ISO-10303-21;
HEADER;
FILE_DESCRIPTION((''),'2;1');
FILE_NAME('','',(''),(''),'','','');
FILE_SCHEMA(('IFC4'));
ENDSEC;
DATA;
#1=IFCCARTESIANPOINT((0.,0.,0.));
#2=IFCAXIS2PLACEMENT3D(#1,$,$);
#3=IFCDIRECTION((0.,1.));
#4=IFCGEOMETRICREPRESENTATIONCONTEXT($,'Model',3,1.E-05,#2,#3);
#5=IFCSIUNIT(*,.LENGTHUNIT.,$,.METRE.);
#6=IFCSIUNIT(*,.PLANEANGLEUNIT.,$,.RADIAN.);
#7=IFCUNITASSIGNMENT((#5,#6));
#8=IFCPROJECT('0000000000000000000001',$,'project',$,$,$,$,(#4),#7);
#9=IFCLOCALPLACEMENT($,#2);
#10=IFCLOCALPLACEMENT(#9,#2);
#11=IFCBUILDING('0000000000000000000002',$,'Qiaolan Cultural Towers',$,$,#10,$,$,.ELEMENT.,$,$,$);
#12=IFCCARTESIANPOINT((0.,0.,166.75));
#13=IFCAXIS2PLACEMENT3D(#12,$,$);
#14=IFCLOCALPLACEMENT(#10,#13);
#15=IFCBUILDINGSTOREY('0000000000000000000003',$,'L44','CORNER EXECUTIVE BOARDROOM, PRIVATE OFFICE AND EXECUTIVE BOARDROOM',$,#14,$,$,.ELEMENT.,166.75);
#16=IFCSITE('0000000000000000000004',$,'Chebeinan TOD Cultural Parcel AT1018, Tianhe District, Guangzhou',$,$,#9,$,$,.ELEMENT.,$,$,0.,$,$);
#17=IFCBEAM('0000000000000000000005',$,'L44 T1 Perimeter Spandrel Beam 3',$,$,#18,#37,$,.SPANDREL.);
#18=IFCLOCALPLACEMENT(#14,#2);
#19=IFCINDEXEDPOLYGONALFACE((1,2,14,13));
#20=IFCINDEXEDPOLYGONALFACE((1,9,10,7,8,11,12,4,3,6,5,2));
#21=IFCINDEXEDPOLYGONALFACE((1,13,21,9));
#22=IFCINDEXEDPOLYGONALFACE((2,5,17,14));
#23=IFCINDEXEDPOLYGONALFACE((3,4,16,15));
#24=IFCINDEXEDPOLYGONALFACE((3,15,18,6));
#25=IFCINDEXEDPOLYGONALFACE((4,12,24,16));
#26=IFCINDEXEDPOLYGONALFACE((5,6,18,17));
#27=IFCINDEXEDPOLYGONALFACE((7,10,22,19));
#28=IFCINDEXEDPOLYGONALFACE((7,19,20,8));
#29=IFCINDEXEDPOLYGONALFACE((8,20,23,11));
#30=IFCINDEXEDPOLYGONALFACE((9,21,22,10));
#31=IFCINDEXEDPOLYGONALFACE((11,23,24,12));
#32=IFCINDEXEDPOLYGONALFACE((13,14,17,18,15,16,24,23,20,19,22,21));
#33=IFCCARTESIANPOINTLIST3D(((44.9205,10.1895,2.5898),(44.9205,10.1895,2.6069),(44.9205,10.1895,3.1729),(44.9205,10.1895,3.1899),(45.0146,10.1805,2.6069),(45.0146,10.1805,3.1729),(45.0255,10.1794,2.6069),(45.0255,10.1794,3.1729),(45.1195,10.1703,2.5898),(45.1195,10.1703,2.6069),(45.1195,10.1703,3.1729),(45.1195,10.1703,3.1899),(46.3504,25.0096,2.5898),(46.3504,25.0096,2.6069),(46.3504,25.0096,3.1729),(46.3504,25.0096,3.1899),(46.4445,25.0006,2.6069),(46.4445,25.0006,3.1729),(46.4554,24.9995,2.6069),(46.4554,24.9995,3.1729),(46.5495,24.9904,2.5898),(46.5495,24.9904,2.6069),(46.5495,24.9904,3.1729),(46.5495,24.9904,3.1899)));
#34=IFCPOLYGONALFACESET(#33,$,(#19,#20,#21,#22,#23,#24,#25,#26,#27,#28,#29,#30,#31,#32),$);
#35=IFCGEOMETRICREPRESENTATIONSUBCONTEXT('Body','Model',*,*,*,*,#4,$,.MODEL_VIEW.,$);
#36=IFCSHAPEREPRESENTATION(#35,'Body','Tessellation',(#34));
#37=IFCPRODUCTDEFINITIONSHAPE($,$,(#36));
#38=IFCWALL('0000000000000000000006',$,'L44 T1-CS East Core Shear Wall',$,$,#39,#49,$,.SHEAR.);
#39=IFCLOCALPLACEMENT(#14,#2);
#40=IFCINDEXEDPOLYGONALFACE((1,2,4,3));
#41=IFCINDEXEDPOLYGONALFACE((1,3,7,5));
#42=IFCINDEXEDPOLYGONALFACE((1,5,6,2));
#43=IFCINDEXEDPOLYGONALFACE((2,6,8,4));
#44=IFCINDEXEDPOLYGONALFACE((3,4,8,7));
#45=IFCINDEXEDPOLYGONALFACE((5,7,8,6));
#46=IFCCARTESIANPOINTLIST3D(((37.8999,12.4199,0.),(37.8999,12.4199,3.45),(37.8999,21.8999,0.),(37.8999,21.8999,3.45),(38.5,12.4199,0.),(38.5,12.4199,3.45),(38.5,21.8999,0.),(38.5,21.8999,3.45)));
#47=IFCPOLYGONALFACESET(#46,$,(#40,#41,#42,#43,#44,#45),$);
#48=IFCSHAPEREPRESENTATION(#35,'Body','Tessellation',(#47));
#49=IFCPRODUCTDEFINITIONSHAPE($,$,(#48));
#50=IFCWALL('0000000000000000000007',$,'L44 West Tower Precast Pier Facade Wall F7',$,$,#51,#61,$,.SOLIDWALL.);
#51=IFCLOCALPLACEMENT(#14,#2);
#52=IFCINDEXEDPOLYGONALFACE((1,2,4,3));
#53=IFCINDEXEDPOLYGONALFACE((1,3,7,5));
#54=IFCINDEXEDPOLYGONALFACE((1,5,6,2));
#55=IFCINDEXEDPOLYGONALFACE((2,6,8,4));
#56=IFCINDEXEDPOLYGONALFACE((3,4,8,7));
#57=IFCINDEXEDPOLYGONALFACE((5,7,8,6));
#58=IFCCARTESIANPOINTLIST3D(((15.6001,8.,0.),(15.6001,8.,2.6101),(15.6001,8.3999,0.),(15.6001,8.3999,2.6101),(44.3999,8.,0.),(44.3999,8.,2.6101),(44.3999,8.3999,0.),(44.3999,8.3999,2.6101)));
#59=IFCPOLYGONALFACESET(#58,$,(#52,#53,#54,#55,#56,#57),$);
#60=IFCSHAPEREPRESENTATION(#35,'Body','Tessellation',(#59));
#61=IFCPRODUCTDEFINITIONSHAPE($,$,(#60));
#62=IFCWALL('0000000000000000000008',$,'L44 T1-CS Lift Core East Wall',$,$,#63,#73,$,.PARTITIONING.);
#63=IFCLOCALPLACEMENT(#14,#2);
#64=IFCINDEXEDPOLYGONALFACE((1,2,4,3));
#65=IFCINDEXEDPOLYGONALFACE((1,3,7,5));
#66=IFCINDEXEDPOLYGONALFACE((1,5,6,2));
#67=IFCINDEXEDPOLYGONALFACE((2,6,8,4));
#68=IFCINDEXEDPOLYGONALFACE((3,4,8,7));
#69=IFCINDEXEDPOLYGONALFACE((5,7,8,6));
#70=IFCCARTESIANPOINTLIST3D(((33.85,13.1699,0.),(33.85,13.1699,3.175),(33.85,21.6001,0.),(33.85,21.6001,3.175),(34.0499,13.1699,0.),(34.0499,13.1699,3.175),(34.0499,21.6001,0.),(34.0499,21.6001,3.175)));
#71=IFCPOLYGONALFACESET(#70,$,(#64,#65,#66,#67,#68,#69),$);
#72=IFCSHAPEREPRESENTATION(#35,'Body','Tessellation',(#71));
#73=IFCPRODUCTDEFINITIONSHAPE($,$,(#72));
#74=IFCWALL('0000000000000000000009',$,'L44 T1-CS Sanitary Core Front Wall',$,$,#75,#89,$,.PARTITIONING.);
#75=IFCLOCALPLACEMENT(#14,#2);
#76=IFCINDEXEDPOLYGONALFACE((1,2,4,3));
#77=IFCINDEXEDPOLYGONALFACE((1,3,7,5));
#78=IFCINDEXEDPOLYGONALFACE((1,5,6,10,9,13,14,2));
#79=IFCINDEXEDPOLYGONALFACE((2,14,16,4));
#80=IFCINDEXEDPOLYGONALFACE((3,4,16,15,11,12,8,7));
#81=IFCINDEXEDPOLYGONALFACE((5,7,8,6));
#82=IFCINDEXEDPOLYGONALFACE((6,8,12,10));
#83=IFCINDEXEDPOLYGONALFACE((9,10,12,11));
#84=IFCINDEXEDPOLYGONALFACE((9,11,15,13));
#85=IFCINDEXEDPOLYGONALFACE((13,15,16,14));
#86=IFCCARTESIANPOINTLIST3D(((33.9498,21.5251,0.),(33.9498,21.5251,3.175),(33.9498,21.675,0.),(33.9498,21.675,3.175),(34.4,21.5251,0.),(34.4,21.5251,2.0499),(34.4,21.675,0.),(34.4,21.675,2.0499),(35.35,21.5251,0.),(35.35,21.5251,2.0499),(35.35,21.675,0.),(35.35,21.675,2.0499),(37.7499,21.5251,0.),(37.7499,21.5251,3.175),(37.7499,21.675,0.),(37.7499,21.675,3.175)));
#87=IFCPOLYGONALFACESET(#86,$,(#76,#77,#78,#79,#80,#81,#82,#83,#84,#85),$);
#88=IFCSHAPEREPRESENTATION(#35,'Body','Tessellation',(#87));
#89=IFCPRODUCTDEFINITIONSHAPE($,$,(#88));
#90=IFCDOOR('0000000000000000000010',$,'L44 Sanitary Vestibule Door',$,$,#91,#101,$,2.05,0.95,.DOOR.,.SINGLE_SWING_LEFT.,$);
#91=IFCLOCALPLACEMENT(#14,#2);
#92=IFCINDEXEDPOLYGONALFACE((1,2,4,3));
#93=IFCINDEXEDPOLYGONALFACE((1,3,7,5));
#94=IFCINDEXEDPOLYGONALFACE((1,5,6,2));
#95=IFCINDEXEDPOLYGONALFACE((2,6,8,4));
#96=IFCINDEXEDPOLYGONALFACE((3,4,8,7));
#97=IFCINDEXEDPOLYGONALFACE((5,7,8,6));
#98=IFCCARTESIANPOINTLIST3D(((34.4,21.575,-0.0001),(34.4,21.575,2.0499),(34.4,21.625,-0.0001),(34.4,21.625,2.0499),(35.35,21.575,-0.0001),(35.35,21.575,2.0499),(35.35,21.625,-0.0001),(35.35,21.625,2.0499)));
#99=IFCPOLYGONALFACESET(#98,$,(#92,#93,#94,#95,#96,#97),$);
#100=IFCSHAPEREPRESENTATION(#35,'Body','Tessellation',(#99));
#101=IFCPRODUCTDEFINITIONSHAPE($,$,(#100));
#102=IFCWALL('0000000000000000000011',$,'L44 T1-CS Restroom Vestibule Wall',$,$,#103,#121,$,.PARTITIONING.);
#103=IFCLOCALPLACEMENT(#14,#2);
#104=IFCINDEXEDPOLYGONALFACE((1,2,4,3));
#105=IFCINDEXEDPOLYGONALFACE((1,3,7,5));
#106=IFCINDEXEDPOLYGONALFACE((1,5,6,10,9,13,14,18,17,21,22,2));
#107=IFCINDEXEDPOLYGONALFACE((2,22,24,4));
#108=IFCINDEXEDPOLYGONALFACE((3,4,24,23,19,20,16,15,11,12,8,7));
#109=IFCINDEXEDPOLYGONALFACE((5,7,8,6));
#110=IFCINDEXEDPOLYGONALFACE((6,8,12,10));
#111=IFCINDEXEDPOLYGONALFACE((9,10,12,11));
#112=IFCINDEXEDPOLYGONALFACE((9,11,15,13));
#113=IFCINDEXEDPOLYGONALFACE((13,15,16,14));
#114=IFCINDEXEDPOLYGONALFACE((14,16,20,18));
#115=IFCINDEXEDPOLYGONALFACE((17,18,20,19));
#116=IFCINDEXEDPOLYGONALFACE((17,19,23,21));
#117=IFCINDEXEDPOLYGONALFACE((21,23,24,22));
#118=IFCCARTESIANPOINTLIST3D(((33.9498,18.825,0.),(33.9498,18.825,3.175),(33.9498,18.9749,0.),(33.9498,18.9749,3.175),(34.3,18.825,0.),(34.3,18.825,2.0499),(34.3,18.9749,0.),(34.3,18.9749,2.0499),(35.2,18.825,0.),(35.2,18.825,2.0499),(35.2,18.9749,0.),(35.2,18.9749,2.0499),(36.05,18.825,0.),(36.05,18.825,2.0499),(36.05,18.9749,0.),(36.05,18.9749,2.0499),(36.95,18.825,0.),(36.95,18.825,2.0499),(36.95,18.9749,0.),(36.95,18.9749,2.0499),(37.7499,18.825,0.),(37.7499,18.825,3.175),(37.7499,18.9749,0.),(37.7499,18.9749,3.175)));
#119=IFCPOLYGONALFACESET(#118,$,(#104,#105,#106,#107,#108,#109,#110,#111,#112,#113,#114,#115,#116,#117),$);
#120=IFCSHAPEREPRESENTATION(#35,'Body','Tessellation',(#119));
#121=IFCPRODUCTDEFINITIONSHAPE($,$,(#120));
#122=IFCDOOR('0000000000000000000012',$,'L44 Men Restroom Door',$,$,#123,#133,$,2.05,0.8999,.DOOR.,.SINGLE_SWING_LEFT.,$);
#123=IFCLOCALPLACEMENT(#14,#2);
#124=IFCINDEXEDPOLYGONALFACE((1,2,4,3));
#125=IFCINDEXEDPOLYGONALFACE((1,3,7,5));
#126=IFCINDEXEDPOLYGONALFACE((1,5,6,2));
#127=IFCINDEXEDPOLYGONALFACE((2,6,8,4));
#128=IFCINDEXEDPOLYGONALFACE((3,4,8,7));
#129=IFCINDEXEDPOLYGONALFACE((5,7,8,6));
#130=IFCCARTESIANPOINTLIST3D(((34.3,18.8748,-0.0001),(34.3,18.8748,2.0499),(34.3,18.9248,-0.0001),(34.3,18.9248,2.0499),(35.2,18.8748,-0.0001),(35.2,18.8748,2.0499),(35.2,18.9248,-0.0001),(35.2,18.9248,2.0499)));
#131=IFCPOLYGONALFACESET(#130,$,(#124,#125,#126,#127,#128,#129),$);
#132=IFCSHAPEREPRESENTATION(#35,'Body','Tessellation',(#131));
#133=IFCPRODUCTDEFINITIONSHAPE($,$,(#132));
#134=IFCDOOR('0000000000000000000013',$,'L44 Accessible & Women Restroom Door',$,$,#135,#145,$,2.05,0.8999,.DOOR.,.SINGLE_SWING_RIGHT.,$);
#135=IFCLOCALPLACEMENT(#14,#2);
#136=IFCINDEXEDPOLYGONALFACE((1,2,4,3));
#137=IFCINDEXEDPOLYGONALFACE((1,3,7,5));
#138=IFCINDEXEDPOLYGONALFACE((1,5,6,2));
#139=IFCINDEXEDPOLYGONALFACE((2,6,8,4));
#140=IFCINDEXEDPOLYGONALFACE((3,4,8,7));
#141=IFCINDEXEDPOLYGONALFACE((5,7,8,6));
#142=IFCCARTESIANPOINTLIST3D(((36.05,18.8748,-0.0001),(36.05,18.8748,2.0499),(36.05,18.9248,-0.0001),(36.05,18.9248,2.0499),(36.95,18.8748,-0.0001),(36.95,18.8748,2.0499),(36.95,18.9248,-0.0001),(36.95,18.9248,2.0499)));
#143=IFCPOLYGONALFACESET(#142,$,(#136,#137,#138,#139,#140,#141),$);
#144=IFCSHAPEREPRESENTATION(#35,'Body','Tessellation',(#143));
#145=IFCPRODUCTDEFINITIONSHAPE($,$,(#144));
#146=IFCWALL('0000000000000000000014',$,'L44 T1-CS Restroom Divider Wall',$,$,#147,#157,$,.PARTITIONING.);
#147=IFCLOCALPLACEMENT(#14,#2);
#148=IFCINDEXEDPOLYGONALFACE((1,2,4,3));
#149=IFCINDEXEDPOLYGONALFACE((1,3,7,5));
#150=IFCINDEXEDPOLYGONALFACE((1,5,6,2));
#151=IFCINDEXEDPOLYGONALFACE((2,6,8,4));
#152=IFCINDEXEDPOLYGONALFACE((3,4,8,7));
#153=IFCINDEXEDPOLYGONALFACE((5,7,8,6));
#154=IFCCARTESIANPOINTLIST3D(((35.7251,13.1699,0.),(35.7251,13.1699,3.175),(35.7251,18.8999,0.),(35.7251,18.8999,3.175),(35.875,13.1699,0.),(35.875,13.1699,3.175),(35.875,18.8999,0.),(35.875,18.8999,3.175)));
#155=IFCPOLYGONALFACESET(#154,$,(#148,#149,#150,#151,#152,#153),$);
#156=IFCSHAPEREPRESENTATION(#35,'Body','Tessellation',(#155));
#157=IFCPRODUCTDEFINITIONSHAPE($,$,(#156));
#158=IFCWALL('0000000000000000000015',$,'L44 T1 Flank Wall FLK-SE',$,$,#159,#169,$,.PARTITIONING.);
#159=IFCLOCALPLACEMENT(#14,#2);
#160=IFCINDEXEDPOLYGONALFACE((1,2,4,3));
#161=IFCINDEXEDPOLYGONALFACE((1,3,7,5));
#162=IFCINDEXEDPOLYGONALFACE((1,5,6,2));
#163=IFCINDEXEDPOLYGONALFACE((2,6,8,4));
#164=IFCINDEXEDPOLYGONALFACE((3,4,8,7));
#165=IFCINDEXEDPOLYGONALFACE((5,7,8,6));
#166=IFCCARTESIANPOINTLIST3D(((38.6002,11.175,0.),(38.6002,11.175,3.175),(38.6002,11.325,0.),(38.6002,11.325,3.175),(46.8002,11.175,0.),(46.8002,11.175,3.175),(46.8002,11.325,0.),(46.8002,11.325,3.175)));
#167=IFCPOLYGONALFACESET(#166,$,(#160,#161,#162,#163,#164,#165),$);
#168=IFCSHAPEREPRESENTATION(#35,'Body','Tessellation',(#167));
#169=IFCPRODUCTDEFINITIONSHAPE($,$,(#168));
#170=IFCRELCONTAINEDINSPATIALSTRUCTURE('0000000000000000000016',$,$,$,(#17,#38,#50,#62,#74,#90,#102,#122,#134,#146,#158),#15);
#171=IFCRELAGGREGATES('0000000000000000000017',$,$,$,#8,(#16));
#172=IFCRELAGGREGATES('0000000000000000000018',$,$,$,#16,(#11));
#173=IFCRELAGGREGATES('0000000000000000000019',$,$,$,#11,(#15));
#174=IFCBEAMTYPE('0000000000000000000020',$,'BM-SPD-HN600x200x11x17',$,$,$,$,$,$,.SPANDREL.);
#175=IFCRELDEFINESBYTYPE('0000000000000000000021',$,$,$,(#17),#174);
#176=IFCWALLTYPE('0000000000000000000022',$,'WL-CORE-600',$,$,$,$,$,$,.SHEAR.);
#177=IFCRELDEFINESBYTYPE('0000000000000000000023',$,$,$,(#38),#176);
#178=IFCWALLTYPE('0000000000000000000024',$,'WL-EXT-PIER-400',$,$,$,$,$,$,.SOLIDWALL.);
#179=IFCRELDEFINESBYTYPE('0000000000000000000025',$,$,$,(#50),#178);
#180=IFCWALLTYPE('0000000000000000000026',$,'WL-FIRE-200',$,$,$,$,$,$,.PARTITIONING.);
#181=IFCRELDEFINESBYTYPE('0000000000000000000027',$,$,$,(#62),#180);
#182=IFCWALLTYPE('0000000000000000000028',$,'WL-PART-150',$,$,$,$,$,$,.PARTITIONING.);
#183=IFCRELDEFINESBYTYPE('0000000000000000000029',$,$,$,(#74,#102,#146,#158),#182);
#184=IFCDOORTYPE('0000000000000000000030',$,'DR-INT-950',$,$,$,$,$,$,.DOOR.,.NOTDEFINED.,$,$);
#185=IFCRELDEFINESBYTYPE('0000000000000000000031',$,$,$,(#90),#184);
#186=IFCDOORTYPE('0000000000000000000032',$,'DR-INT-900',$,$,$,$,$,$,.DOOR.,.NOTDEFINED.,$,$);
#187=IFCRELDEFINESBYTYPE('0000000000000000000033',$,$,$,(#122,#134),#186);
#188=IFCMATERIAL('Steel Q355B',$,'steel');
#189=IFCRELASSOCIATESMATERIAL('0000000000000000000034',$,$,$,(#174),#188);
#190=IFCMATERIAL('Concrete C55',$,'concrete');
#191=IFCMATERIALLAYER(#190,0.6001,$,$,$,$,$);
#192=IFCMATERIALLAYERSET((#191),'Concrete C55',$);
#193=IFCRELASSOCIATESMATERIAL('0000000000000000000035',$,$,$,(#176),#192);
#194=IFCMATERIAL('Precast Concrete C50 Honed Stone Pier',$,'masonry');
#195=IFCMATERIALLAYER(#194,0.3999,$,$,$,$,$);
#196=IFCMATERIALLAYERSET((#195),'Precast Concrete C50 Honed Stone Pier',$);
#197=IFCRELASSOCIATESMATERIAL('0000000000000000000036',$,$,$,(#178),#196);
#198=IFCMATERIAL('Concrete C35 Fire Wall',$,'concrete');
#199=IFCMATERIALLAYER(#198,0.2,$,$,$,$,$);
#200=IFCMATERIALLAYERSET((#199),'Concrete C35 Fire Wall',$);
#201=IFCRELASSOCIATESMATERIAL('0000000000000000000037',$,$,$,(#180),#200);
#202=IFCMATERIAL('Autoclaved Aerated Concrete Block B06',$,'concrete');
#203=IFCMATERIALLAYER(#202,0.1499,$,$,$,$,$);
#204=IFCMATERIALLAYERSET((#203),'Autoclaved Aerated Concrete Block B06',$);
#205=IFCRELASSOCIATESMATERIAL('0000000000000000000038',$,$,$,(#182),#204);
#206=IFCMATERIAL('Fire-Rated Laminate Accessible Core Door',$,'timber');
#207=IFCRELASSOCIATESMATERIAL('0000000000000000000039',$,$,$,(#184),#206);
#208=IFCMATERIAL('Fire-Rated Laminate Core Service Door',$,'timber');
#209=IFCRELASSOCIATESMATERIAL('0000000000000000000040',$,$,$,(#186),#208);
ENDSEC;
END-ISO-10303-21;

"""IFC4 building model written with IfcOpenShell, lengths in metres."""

from ifc_helpers import new_model, si_unit, direction, frame, frame_2d, origin, origin_2d, place, context, subcontext, project, spatial, rectangle, i_section, extrude, material, layer, layer_set, material_profile, profile_set, type_object, element, fill, save


model = new_model("IFC4")

# Units and contexts
model_context = context("Model", 3, precision=1e-05, world=origin(), true_north=direction((0.0, 1.0)))
body_context = subcontext(model_context, "Body", "Model", "MODEL_VIEW")
ifc_project = project(units=[si_unit("LENGTHUNIT", "METRE"), si_unit("PLANEANGLEUNIT", "RADIAN")], contexts=[model_context])

# Site, building, storey
site_placement = place(None, origin())
site = spatial("IfcSite", under=ifc_project, at=site_placement, Name="Chebeinan TOD Cultural Parcel AT1018, Tianhe District, Guangzhou", CompositionType="ELEMENT", RefElevation=0.0)
building_placement = place(site_placement, origin())
building = spatial("IfcBuilding", under=site, at=building_placement, Name="Qiaolan Cultural Towers", CompositionType="ELEMENT")
storey_placement = place(building_placement, frame((0.0, 0.0, 166.75)))
storey = spatial("IfcBuildingStorey", under=building, at=storey_placement, Name="L44", Description="CORNER EXECUTIVE BOARDROOM, PRIVATE OFFICE AND EXECUTIVE BOARDROOM", CompositionType="ELEMENT", Elevation=166.75)

# Beam
ifc_material_1 = material(Name="Steel Q355B", Category="steel")
ifc_material_profile_1 = material_profile(ifc_material_1, i_section(OverallWidth=0.2, OverallDepth=0.6001, WebThickness=0.011, FlangeThickness=0.0171, at=origin_2d()), Name="HN600x200x11x17")
ifc_profile_set_1 = profile_set([ifc_material_profile_1], Name="Steel Q355B")
beam_type_1 = type_object("IfcBeamType", Name="BM-SPD-HN600x200x11x17", PredefinedType="SPANDREL", material=ifc_profile_set_1)
beam_1_placement = place(storey_placement, frame((45.02, 10.1799, 2.8899), z_axis=(0.09604, 0.995377, 0.0), x_axis=(-0.995377, 0.09604, 0.0)))
element("IfcBeam", 1, at=beam_1_placement, inside=storey, type_object=beam_type_1, Name="L44 T1 Perimeter Spandrel Beam 3", PredefinedType="SPANDREL", context=body_context, shape_type="SweptSolid", body=[
    extrude(i_section(OverallWidth=0.2, OverallDepth=0.6001, WebThickness=0.011, FlangeThickness=0.0171, at=origin_2d()), origin(), (0.0, 0.0, 1.0), 14.8889),
])

# Walls
ifc_material_2 = material(Name="Concrete C55", Category="concrete")
ifc_layer_1 = layer(ifc_material_2, 0.6001)
ifc_layer_set_1 = layer_set([ifc_layer_1], Name="Concrete C55")
wall_type_1 = type_object("IfcWallType", Name="WL-CORE-600", PredefinedType="SHEAR", material=ifc_layer_set_1)
wall_1_placement = place(storey_placement, frame((38.2, 21.8999, 0.0), z_axis=(0.0, 0.0, 1.0), x_axis=(0.0, -1.0, 0.0)))
element("IfcWall", 2, at=wall_1_placement, inside=storey, type_object=wall_type_1, Name="L44 T1-CS East Core Shear Wall", PredefinedType="SHEAR", context=body_context, shape_type="SweptSolid", body=[
    extrude(rectangle(XDim=9.48, YDim=0.6001, at=frame_2d((4.74, 0.0))), origin(), (0.0, 0.0, 1.0), 3.45),
])
ifc_material_3 = material(Name="Precast Concrete C50 Honed Stone Pier", Category="masonry")
ifc_layer_2 = layer(ifc_material_3, 0.3999)
ifc_layer_set_2 = layer_set([ifc_layer_2], Name="Precast Concrete C50 Honed Stone Pier")
wall_type_2 = type_object("IfcWallType", Name="WL-EXT-PIER-400", PredefinedType="SOLIDWALL", material=ifc_layer_set_2)
wall_2_placement = place(storey_placement, frame((44.3999, 8.2, 0.0), z_axis=(0.0, 0.0, 1.0), x_axis=(-1.0, 0.0, 0.0)))
element("IfcWall", 3, at=wall_2_placement, inside=storey, type_object=wall_type_2, Name="L44 West Tower Precast Pier Facade Wall F7", PredefinedType="SOLIDWALL", context=body_context, shape_type="SweptSolid", body=[
    extrude(rectangle(XDim=28.7998, YDim=0.3999, at=frame_2d((14.3999, 0.0))), origin(), (0.0, 0.0, 1.0), 2.6101),
])
ifc_material_4 = material(Name="Concrete C35 Fire Wall", Category="concrete")
ifc_layer_3 = layer(ifc_material_4, 0.2)
ifc_layer_set_3 = layer_set([ifc_layer_3], Name="Concrete C35 Fire Wall")
wall_type_3 = type_object("IfcWallType", Name="WL-FIRE-200", PredefinedType="PARTITIONING", material=ifc_layer_set_3)
wall_3_placement = place(storey_placement, frame((33.95, 21.6001, 0.0), z_axis=(0.0, 0.0, 1.0), x_axis=(0.0, -1.0, 0.0)))
element("IfcWall", 4, at=wall_3_placement, inside=storey, type_object=wall_type_3, Name="L44 T1-CS Lift Core East Wall", PredefinedType="PARTITIONING", context=body_context, shape_type="SweptSolid", body=[
    extrude(rectangle(XDim=8.4302, YDim=0.2, at=frame_2d((4.2151, 0.0))), origin(), (0.0, 0.0, 1.0), 3.175),
])

# Wall, opening, door
ifc_material_5 = material(Name="Autoclaved Aerated Concrete Block B06", Category="concrete")
ifc_layer_4 = layer(ifc_material_5, 0.1499)
ifc_layer_set_4 = layer_set([ifc_layer_4], Name="Autoclaved Aerated Concrete Block B06")
wall_type_4 = type_object("IfcWallType", Name="WL-PART-150", PredefinedType="PARTITIONING", material=ifc_layer_set_4)
wall_4_placement = place(storey_placement, frame((33.95, 21.6001, 0.0), z_axis=(0.0, 0.0, 1.0), x_axis=(1.0, 0.0, 0.0)))
wall_4 = element("IfcWall", 5, at=wall_4_placement, inside=storey, type_object=wall_type_4, Name="L44 T1-CS Sanitary Core Front Wall", PredefinedType="PARTITIONING", context=body_context, shape_type="SweptSolid", body=[
    extrude(rectangle(XDim=3.8, YDim=0.1499, at=frame_2d((1.8999, 0.0))), origin(), (0.0, 0.0, 1.0), 3.175),
])
opening_1_placement = place(wall_4_placement, frame((0.45, 0.0, 0.0)))
opening_1 = element("IfcOpeningElement", 6, at=opening_1_placement, cuts=wall_4, PredefinedType="OPENING", context=body_context, shape_type="SweptSolid", body=[
    extrude(rectangle(XDim=0.95, YDim=2.05, at=frame_2d((0.4751, 1.0249))), frame((0.0, 0.085, 0.0), z_axis=(0.0, -1.0, 0.0), x_axis=(1.0, 0.0, 0.0)), (0.0, 0.0, 1.0), 0.1699),
])
ifc_material_6 = material(Name="Fire-Rated Laminate Accessible Core Door", Category="timber")
door_type_1 = type_object("IfcDoorType", Name="DR-INT-950", OperationType="NOTDEFINED", PredefinedType="DOOR", material=ifc_material_6)
door_1_placement = place(opening_1_placement, origin())
door_1 = element("IfcDoor", 7, at=door_1_placement, inside=storey, type_object=door_type_1, Name="L44 Sanitary Vestibule Door", OperationType="SINGLE_SWING_LEFT", OverallHeight=2.05, OverallWidth=0.95, PredefinedType="DOOR", context=body_context, shape_type="SweptSolid", body=[
    extrude(rectangle(XDim=0.95, YDim=2.05, at=frame_2d((0.4751, 1.0249))), frame((0.0, 0.0249, 0.0), z_axis=(0.0, -1.0, 0.0), x_axis=(1.0, 0.0, 0.0)), (0.0, 0.0, 1.0), 0.05),
])
fill(opening_1, door_1)

# Wall, openings, doors
wall_5_placement = place(storey_placement, frame((33.95, 18.8999, 0.0), z_axis=(0.0, 0.0, 1.0), x_axis=(1.0, 0.0, 0.0)))
wall_5 = element("IfcWall", 8, at=wall_5_placement, inside=storey, type_object=wall_type_4, Name="L44 T1-CS Restroom Vestibule Wall", PredefinedType="PARTITIONING", context=body_context, shape_type="SweptSolid", body=[
    extrude(rectangle(XDim=3.8, YDim=0.1499, at=frame_2d((1.8999, 0.0))), origin(), (0.0, 0.0, 1.0), 3.175),
])
opening_2_placement = place(wall_5_placement, frame((0.3501, 0.0, 0.0)))
opening_2 = element("IfcOpeningElement", 9, at=opening_2_placement, cuts=wall_5, PredefinedType="OPENING", context=body_context, shape_type="SweptSolid", body=[
    extrude(rectangle(XDim=0.8999, YDim=2.05, at=frame_2d((0.45, 1.0249))), frame((0.0, 0.085, 0.0), z_axis=(0.0, -1.0, 0.0), x_axis=(1.0, 0.0, 0.0)), (0.0, 0.0, 1.0), 0.1699),
])
opening_3_placement = place(wall_5_placement, frame((2.1001, 0.0, 0.0)))
opening_3 = element("IfcOpeningElement", 10, at=opening_3_placement, cuts=wall_5, PredefinedType="OPENING", context=body_context, shape_type="SweptSolid", body=[
    extrude(rectangle(XDim=0.8999, YDim=2.05, at=frame_2d((0.45, 1.0249))), frame((0.0, 0.085, 0.0), z_axis=(0.0, -1.0, 0.0), x_axis=(1.0, 0.0, 0.0)), (0.0, 0.0, 1.0), 0.1699),
])
ifc_material_7 = material(Name="Fire-Rated Laminate Core Service Door", Category="timber")
door_type_2 = type_object("IfcDoorType", Name="DR-INT-900", OperationType="NOTDEFINED", PredefinedType="DOOR", material=ifc_material_7)
door_2_placement = place(opening_2_placement, origin())
door_2 = element("IfcDoor", 11, at=door_2_placement, inside=storey, type_object=door_type_2, Name="L44 Men Restroom Door", OperationType="SINGLE_SWING_LEFT", OverallHeight=2.05, OverallWidth=0.8999, PredefinedType="DOOR", context=body_context, shape_type="SweptSolid", body=[
    extrude(rectangle(XDim=0.8999, YDim=2.05, at=frame_2d((0.45, 1.0249))), frame((0.0, 0.0249, 0.0), z_axis=(0.0, -1.0, 0.0), x_axis=(1.0, 0.0, 0.0)), (0.0, 0.0, 1.0), 0.05),
])
fill(opening_2, door_2)
door_3_placement = place(opening_3_placement, origin())
door_3 = element("IfcDoor", 12, at=door_3_placement, inside=storey, type_object=door_type_2, Name="L44 Accessible & Women Restroom Door", OperationType="SINGLE_SWING_RIGHT", OverallHeight=2.05, OverallWidth=0.8999, PredefinedType="DOOR", context=body_context, shape_type="SweptSolid", body=[
    extrude(rectangle(XDim=0.8999, YDim=2.05, at=frame_2d((0.45, 1.0249))), frame((0.0, 0.0249, 0.0), z_axis=(0.0, -1.0, 0.0), x_axis=(1.0, 0.0, 0.0)), (0.0, 0.0, 1.0), 0.05),
])
fill(opening_3, door_3)

# Walls
wall_6_placement = place(storey_placement, frame((35.8, 18.8999, 0.0), z_axis=(0.0, 0.0, 1.0), x_axis=(0.0, -1.0, 0.0)))
element("IfcWall", 13, at=wall_6_placement, inside=storey, type_object=wall_type_4, Name="L44 T1-CS Restroom Divider Wall", PredefinedType="PARTITIONING", context=body_context, shape_type="SweptSolid", body=[
    extrude(rectangle(XDim=5.73, YDim=0.1499, at=frame_2d((2.865, 0.0))), origin(), (0.0, 0.0, 1.0), 3.175),
])
wall_7_placement = place(storey_placement, frame((38.6001, 11.25, 0.0), z_axis=(0.0, 0.0, 1.0), x_axis=(1.0, 0.0, 0.0)))
element("IfcWall", 14, at=wall_7_placement, inside=storey, type_object=wall_type_4, Name="L44 T1 Flank Wall FLK-SE", PredefinedType="PARTITIONING", context=body_context, shape_type="SweptSolid", body=[
    extrude(rectangle(XDim=8.2, YDim=0.1499, at=frame_2d((4.1001, 0.0))), origin(), (0.0, 0.0, 1.0), 3.175),
])

save(model, "model.ifc")
